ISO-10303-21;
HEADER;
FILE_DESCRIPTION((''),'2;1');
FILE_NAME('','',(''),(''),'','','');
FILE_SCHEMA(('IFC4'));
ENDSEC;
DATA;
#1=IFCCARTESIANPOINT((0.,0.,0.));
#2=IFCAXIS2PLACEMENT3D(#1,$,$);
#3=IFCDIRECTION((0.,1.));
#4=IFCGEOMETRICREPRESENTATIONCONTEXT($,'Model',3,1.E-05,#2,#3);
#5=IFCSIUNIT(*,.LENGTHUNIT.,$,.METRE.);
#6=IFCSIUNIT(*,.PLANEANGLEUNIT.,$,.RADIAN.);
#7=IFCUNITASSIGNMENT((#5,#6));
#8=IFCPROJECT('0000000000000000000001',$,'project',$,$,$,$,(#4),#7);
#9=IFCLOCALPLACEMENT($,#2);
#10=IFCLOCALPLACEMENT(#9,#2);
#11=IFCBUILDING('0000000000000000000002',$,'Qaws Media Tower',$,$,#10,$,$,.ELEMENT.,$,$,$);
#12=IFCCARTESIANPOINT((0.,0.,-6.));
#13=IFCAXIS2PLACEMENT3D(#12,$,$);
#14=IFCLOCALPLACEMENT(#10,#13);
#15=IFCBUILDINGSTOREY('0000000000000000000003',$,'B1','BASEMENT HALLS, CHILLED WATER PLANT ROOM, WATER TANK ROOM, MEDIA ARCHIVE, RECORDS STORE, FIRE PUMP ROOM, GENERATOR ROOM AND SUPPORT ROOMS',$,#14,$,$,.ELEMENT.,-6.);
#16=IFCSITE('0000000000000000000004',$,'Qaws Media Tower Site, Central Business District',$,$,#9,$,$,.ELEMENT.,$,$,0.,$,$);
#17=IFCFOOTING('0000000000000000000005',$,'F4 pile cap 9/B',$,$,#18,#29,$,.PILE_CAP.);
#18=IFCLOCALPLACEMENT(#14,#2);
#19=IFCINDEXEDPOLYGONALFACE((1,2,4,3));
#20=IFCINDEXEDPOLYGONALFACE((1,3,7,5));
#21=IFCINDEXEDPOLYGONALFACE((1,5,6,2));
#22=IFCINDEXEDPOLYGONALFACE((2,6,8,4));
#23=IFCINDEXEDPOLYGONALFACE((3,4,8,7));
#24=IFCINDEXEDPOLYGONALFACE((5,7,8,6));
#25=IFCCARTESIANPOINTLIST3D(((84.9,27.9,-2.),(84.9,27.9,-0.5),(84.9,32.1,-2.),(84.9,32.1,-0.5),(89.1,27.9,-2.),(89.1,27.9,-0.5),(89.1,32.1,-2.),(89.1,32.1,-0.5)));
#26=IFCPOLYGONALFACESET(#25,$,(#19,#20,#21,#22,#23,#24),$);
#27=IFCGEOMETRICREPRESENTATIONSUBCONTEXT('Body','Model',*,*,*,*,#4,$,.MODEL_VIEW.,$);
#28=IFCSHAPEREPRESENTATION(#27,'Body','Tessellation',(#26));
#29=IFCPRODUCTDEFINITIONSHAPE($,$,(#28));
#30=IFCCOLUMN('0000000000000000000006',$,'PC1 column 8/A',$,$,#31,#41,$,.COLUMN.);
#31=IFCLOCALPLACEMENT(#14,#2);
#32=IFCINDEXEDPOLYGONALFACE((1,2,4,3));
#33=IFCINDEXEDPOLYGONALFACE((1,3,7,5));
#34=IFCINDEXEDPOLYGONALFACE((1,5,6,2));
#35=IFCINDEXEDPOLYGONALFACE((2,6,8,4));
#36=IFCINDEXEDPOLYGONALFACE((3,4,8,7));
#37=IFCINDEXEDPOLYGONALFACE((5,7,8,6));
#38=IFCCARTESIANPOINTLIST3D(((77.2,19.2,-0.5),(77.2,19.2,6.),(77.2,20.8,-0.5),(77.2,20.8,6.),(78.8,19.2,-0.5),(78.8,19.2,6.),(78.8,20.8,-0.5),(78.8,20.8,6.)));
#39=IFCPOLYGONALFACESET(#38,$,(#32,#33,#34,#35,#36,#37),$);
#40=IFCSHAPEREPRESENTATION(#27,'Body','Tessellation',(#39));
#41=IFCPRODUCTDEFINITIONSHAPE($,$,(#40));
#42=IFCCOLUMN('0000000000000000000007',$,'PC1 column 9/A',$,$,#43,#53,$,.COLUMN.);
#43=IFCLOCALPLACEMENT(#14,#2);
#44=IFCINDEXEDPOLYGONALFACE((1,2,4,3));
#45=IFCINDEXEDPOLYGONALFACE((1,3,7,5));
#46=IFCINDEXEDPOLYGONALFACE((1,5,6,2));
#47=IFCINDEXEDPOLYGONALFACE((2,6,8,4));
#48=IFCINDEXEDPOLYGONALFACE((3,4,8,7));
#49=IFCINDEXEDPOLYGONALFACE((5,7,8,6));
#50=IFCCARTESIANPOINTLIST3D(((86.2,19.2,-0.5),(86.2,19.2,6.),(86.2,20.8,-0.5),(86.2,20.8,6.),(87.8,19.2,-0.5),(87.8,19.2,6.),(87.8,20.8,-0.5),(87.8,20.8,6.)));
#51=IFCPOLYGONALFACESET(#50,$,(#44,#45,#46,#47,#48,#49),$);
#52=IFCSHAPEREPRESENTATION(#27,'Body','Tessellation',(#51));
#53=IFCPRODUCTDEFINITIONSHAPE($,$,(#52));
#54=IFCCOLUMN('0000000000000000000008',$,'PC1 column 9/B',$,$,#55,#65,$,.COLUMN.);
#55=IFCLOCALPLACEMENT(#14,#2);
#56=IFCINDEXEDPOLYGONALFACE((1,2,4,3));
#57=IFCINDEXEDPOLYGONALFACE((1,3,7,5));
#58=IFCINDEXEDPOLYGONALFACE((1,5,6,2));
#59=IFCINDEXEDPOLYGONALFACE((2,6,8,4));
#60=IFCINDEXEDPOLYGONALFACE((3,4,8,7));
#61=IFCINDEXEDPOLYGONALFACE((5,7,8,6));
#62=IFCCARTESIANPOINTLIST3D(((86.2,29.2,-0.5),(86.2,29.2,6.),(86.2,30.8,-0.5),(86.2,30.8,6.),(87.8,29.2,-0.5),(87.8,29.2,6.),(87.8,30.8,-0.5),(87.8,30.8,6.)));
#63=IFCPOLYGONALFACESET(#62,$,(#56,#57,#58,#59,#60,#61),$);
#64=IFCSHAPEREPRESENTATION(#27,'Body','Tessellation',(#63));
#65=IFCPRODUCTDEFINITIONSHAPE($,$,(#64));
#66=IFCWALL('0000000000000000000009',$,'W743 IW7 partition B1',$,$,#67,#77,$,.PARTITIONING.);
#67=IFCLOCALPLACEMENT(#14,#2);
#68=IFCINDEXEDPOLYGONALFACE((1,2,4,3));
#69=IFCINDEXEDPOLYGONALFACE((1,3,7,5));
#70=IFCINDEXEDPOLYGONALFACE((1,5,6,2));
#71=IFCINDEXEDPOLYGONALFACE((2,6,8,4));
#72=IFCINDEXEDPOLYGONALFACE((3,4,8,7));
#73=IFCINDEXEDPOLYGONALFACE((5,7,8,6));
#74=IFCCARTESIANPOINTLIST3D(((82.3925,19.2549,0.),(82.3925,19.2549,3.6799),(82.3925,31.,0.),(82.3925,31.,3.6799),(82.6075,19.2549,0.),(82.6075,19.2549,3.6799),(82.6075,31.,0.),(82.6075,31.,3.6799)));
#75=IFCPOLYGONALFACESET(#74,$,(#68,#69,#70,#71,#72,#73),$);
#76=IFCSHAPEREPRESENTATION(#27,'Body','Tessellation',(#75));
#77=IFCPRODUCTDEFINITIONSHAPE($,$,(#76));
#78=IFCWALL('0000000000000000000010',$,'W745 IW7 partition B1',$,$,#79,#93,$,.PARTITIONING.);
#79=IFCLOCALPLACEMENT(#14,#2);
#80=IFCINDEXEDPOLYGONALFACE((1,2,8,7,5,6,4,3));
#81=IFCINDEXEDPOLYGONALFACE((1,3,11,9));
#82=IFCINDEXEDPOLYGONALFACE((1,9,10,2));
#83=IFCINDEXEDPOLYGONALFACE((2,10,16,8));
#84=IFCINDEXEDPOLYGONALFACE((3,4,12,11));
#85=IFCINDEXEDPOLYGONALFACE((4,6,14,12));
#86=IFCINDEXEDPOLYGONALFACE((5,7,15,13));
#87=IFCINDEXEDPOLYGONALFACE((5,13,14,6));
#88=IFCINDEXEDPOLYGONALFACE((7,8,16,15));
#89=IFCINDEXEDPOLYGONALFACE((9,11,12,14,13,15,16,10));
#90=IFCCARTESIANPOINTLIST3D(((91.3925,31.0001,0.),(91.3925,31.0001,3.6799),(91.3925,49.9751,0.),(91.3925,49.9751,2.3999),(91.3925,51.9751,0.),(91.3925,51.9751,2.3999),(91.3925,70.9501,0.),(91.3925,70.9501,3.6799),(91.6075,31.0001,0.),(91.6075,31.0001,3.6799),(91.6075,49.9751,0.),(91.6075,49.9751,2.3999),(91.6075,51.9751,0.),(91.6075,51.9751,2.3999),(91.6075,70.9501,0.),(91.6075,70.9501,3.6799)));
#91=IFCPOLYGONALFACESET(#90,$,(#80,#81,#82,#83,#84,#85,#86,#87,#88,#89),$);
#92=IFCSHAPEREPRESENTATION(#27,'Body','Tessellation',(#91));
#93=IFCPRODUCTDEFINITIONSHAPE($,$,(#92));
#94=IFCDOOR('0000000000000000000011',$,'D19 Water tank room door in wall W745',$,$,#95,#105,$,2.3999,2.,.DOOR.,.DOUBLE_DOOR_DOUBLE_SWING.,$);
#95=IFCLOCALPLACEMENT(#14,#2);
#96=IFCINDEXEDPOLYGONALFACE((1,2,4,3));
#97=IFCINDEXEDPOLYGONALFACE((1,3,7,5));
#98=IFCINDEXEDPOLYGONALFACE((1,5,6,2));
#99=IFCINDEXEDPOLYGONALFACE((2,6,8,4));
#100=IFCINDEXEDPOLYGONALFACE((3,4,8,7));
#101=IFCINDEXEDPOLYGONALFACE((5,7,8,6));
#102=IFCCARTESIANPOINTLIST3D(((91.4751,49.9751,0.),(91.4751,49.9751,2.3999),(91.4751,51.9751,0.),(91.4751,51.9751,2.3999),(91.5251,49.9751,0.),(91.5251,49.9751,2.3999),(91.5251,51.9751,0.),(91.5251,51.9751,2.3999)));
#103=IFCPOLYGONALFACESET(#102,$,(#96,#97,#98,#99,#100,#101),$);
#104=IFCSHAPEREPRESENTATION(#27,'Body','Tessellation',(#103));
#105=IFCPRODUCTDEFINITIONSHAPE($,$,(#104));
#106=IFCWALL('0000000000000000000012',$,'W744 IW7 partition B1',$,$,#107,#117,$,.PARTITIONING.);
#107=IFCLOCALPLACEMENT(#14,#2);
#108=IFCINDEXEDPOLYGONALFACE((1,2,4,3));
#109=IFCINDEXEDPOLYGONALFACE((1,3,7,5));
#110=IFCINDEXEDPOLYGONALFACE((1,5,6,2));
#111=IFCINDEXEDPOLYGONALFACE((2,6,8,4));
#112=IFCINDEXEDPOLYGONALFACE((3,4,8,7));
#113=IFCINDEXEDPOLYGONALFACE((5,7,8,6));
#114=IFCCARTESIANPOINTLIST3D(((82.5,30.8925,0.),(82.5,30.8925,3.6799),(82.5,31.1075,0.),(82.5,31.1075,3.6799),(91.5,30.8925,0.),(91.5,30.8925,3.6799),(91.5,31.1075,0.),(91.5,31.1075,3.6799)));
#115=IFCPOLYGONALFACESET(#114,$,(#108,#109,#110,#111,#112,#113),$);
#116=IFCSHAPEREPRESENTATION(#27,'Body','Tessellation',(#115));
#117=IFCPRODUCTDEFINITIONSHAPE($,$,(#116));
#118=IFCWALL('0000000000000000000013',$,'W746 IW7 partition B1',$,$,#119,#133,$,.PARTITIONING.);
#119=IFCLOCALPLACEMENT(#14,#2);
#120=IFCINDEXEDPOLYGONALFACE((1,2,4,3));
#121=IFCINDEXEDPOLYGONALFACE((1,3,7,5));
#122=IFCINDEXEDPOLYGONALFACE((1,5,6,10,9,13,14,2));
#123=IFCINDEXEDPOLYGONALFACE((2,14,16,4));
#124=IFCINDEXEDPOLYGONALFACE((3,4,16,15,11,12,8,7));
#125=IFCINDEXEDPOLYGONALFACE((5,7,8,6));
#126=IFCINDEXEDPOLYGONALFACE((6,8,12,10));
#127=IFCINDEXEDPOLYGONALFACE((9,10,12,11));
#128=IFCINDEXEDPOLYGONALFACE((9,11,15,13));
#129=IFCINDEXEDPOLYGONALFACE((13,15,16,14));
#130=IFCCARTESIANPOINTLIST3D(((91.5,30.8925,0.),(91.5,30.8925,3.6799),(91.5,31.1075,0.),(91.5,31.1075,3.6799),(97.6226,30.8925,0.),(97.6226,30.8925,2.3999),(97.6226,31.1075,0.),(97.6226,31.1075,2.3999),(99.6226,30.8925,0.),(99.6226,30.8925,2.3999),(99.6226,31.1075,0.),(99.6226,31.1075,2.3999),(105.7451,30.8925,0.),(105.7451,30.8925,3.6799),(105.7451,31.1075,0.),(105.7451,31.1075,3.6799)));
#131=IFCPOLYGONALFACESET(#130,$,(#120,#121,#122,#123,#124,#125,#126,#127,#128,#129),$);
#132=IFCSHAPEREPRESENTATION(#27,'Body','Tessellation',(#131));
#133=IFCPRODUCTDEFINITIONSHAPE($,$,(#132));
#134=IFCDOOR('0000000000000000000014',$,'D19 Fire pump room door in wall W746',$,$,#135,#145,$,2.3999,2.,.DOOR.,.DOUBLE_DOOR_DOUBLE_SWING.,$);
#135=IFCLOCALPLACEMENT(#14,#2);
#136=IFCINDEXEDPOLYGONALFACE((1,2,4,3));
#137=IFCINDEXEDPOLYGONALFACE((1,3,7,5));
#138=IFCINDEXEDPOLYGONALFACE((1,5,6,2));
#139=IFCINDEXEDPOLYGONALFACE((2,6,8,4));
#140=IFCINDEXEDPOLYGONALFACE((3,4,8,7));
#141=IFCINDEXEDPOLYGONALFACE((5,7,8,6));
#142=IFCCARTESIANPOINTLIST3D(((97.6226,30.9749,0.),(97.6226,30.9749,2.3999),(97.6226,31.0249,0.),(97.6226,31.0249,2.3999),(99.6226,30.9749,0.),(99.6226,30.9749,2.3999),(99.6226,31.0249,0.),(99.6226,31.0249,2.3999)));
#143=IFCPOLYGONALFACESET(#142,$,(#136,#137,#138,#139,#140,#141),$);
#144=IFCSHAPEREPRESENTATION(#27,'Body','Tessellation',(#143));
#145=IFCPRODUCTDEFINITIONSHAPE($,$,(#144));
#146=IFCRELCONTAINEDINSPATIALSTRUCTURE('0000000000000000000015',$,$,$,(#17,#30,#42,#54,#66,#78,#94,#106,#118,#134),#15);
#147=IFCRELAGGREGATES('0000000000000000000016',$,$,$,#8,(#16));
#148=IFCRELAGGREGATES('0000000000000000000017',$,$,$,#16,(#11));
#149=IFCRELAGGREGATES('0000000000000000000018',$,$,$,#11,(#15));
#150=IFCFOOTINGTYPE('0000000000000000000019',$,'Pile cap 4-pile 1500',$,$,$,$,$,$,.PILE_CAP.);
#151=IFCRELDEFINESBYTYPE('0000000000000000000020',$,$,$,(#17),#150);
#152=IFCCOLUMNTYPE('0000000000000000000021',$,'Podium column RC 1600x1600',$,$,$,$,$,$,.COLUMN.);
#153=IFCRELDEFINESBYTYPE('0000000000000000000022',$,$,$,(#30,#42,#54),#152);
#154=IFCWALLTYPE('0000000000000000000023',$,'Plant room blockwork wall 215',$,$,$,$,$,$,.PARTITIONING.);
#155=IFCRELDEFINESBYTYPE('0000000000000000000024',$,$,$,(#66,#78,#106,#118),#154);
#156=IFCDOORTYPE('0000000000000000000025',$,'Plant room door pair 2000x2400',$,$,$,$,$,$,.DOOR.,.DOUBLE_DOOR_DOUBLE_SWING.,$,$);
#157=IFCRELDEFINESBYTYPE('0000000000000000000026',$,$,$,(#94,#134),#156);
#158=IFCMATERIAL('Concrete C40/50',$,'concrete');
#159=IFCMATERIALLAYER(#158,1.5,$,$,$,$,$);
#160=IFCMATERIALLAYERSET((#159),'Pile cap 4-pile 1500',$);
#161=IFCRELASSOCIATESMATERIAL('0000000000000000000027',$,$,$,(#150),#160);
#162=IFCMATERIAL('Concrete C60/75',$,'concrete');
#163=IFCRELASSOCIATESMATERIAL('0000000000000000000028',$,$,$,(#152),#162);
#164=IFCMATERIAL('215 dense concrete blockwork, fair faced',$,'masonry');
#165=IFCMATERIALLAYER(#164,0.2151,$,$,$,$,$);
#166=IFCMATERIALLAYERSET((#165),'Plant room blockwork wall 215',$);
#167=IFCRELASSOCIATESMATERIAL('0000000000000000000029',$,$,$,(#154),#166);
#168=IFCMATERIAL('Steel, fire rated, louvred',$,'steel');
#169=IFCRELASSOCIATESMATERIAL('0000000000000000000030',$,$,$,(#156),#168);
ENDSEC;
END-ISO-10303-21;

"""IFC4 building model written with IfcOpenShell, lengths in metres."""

from ifc_helpers import new_model, si_unit, direction, frame, frame_2d, origin, origin_2d, place, context, subcontext, project, spatial, rectangle, extrude, material, layer, layer_set, material_profile, profile_set, type_object, element, fill, save


model = new_model("IFC4")

# Units and contexts
model_context = context("Model", 3, precision=1e-05, world=origin(), true_north=direction((0.0, 1.0)))
body_context = subcontext(model_context, "Body", "Model", "MODEL_VIEW")
ifc_project = project(units=[si_unit("LENGTHUNIT", "METRE"), si_unit("PLANEANGLEUNIT", "RADIAN")], contexts=[model_context])

# Site, building, storey
site_placement = place(None, origin())
site = spatial("IfcSite", under=ifc_project, at=site_placement, Name="Qaws Media Tower Site, Central Business District", CompositionType="ELEMENT", RefElevation=0.0)
building_placement = place(site_placement, origin())
building = spatial("IfcBuilding", under=site, at=building_placement, Name="Qaws Media Tower", CompositionType="ELEMENT")
storey_placement = place(building_placement, frame((0.0, 0.0, -6.0)))
storey = spatial("IfcBuildingStorey", under=building, at=storey_placement, Name="B1", Description="BASEMENT HALLS, CHILLED WATER PLANT ROOM, WATER TANK ROOM, MEDIA ARCHIVE, RECORDS STORE, FIRE PUMP ROOM, GENERATOR ROOM AND SUPPORT ROOMS", CompositionType="ELEMENT", Elevation=-6.0)

# Footing
ifc_material_1 = material(Name="Concrete C40/50", Category="concrete")
ifc_layer_1 = layer(ifc_material_1, 1.5)
ifc_layer_set_1 = layer_set([ifc_layer_1], Name="Pile cap 4-pile 1500")
footing_type_1 = type_object("IfcFootingType", Name="Pile cap 4-pile 1500", PredefinedType="PILE_CAP", material=ifc_layer_set_1)
footing_1_placement = place(storey_placement, frame((87.0, 30.0, -2.0), z_axis=(0.0, 0.0, 1.0), x_axis=(1.0, 0.0, 0.0)))
element("IfcFooting", 1, at=footing_1_placement, inside=storey, type_object=footing_type_1, Name="F4 pile cap 9/B", PredefinedType="PILE_CAP", context=body_context, shape_type="SweptSolid", body=[
    extrude(rectangle(XDim=4.2, YDim=4.2, at=origin_2d()), origin(), (0.0, 0.0, 1.0), 1.5),
])

# Columns
ifc_material_2 = material(Name="Concrete C60/75", Category="concrete")
ifc_material_profile_1 = material_profile(ifc_material_2, rectangle(XDim=1.6001, YDim=1.6001, at=origin_2d()), Name="RC 1600x1600")
ifc_profile_set_1 = profile_set([ifc_material_profile_1], Name="Concrete C60/75")
column_type = type_object("IfcColumnType", Name="Podium column RC 1600x1600", PredefinedType="COLUMN", material=ifc_profile_set_1)
for number, where, z_axis, x_axis, name in (
    (2, (78.0, 20.0, -0.5), (0.0, 0.0, 1.0), (1.0, 0.0, 0.0), "PC1 column 8/A"),
    (3, (87.0, 20.0, -0.5), (0.0, 0.0, 1.0), (1.0, 0.0, 0.0), "PC1 column 9/A"),
    (4, (87.0, 30.0, -0.5), (0.0, 0.0, 1.0), (1.0, 0.0, 0.0), "PC1 column 9/B"),
):
    element("IfcColumn", number, at=place(storey_placement, frame(where, z_axis=z_axis, x_axis=x_axis)), inside=storey, type_object=column_type, Name=name, PredefinedType="COLUMN", context=body_context, shape_type="SweptSolid", body=[
        extrude(rectangle(XDim=1.6001, YDim=1.6001, at=origin_2d()), origin(), (0.0, 0.0, 1.0), 6.5),
    ])

# Wall
ifc_material_3 = material(Name="215 dense concrete blockwork, fair faced", Category="masonry")
ifc_layer_2 = layer(ifc_material_3, 0.2151)
ifc_layer_set_2 = layer_set([ifc_layer_2], Name="Plant room blockwork wall 215")
wall_type = type_object("IfcWallType", Name="Plant room blockwork wall 215", PredefinedType="PARTITIONING", material=ifc_layer_set_2)
wall_1_placement = place(storey_placement, frame((82.5, 19.2549, 0.0), z_axis=(0.0, 0.0, 1.0), x_axis=(0.0, 1.0, 0.0)))
element("IfcWall", 5, at=wall_1_placement, inside=storey, type_object=wall_type, Name="W743 IW7 partition B1", PredefinedType="PARTITIONING", context=body_context, shape_type="SweptSolid", body=[
    extrude(rectangle(XDim=11.7451, YDim=0.2151, at=frame_2d((5.8726, 0.0))), origin(), (0.0, 0.0, 1.0), 3.6799),
])

# Wall, opening, door
wall_2_placement = place(storey_placement, frame((91.5, 31.0, 0.0), z_axis=(0.0, 0.0, 1.0), x_axis=(0.0, 1.0, 0.0)))
wall_2 = element("IfcWall", 6, at=wall_2_placement, inside=storey, type_object=wall_type, Name="W745 IW7 partition B1", PredefinedType="PARTITIONING", context=body_context, shape_type="SweptSolid", body=[
    extrude(rectangle(XDim=39.95, YDim=0.2151, at=frame_2d((19.9751, 0.0))), origin(), (0.0, 0.0, 1.0), 3.6799),
])
opening_1_placement = place(wall_2_placement, frame((18.9751, 0.0, 0.0)))
opening_1 = element("IfcOpeningElement", 7, at=opening_1_placement, cuts=wall_2, PredefinedType="OPENING", context=body_context, shape_type="SweptSolid", body=[
    extrude(rectangle(XDim=2.0, YDim=2.3999, at=frame_2d((1.0, 1.2))), frame((0.0, 0.1174, 0.0), z_axis=(0.0, -1.0, 0.0), x_axis=(1.0, 0.0, 0.0)), (0.0, 0.0, 1.0), 0.2351),
])
ifc_material_4 = material(Name="Steel, fire rated, louvred", Category="steel")
door_type = type_object("IfcDoorType", Name="Plant room door pair 2000x2400", OperationType="DOUBLE_DOOR_DOUBLE_SWING", PredefinedType="DOOR", material=ifc_material_4)
door_1_placement = place(opening_1_placement, origin())
door_1 = element("IfcDoor", 8, at=door_1_placement, inside=storey, type_object=door_type, Name="D19 Water tank room door in wall W745", OperationType="DOUBLE_DOOR_DOUBLE_SWING", OverallHeight=2.3999, OverallWidth=2.0, PredefinedType="DOOR", context=body_context, shape_type="SweptSolid", body=[
    extrude(rectangle(XDim=2.0, YDim=2.3999, at=frame_2d((1.0, 1.2))), frame((0.0, 0.0249, 0.0), z_axis=(0.0, -1.0, 0.0), x_axis=(1.0, 0.0, 0.0)), (0.0, 0.0, 1.0), 0.05),
])
fill(opening_1, door_1)

# Wall
wall_3_placement = place(storey_placement, frame((82.5, 31.0, 0.0), z_axis=(0.0, 0.0, 1.0), x_axis=(1.0, 0.0, 0.0)))
element("IfcWall", 9, at=wall_3_placement, inside=storey, type_object=wall_type, Name="W744 IW7 partition B1", PredefinedType="PARTITIONING", context=body_context, shape_type="SweptSolid", body=[
    extrude(rectangle(XDim=9.0, YDim=0.2151, at=frame_2d((4.5, 0.0))), origin(), (0.0, 0.0, 1.0), 3.6799),
])

# Wall, opening, door
wall_4_placement = place(storey_placement, frame((91.5, 31.0, 0.0), z_axis=(0.0, 0.0, 1.0), x_axis=(1.0, 0.0, 0.0)))
wall_4 = element("IfcWall", 10, at=wall_4_placement, inside=storey, type_object=wall_type, Name="W746 IW7 partition B1", PredefinedType="PARTITIONING", context=body_context, shape_type="SweptSolid", body=[
    extrude(rectangle(XDim=14.2451, YDim=0.2151, at=frame_2d((7.1226, 0.0))), origin(), (0.0, 0.0, 1.0), 3.6799),
])
opening_2_placement = place(wall_4_placement, frame((6.1226, 0.0, 0.0)))
opening_2 = element("IfcOpeningElement", 11, at=opening_2_placement, cuts=wall_4, PredefinedType="OPENING", context=body_context, shape_type="SweptSolid", body=[
    extrude(rectangle(XDim=2.0, YDim=2.3999, at=frame_2d((1.0, 1.2))), frame((0.0, 0.1174, 0.0), z_axis=(0.0, -1.0, 0.0), x_axis=(1.0, 0.0, 0.0)), (0.0, 0.0, 1.0), 0.2351),
])
door_2_placement = place(opening_2_placement, origin())
door_2 = element("IfcDoor", 12, at=door_2_placement, inside=storey, type_object=door_type, Name="D19 Fire pump room door in wall W746", OperationType="DOUBLE_DOOR_DOUBLE_SWING", OverallHeight=2.3999, OverallWidth=2.0, PredefinedType="DOOR", context=body_context, shape_type="SweptSolid", body=[
    extrude(rectangle(XDim=2.0, YDim=2.3999, at=frame_2d((1.0, 1.2))), frame((0.0, 0.0249, 0.0), z_axis=(0.0, -1.0, 0.0), x_axis=(1.0, 0.0, 0.0)), (0.0, 0.0, 1.0), 0.05),
])
fill(opening_2, door_2)

save(model, "model.ifc")
